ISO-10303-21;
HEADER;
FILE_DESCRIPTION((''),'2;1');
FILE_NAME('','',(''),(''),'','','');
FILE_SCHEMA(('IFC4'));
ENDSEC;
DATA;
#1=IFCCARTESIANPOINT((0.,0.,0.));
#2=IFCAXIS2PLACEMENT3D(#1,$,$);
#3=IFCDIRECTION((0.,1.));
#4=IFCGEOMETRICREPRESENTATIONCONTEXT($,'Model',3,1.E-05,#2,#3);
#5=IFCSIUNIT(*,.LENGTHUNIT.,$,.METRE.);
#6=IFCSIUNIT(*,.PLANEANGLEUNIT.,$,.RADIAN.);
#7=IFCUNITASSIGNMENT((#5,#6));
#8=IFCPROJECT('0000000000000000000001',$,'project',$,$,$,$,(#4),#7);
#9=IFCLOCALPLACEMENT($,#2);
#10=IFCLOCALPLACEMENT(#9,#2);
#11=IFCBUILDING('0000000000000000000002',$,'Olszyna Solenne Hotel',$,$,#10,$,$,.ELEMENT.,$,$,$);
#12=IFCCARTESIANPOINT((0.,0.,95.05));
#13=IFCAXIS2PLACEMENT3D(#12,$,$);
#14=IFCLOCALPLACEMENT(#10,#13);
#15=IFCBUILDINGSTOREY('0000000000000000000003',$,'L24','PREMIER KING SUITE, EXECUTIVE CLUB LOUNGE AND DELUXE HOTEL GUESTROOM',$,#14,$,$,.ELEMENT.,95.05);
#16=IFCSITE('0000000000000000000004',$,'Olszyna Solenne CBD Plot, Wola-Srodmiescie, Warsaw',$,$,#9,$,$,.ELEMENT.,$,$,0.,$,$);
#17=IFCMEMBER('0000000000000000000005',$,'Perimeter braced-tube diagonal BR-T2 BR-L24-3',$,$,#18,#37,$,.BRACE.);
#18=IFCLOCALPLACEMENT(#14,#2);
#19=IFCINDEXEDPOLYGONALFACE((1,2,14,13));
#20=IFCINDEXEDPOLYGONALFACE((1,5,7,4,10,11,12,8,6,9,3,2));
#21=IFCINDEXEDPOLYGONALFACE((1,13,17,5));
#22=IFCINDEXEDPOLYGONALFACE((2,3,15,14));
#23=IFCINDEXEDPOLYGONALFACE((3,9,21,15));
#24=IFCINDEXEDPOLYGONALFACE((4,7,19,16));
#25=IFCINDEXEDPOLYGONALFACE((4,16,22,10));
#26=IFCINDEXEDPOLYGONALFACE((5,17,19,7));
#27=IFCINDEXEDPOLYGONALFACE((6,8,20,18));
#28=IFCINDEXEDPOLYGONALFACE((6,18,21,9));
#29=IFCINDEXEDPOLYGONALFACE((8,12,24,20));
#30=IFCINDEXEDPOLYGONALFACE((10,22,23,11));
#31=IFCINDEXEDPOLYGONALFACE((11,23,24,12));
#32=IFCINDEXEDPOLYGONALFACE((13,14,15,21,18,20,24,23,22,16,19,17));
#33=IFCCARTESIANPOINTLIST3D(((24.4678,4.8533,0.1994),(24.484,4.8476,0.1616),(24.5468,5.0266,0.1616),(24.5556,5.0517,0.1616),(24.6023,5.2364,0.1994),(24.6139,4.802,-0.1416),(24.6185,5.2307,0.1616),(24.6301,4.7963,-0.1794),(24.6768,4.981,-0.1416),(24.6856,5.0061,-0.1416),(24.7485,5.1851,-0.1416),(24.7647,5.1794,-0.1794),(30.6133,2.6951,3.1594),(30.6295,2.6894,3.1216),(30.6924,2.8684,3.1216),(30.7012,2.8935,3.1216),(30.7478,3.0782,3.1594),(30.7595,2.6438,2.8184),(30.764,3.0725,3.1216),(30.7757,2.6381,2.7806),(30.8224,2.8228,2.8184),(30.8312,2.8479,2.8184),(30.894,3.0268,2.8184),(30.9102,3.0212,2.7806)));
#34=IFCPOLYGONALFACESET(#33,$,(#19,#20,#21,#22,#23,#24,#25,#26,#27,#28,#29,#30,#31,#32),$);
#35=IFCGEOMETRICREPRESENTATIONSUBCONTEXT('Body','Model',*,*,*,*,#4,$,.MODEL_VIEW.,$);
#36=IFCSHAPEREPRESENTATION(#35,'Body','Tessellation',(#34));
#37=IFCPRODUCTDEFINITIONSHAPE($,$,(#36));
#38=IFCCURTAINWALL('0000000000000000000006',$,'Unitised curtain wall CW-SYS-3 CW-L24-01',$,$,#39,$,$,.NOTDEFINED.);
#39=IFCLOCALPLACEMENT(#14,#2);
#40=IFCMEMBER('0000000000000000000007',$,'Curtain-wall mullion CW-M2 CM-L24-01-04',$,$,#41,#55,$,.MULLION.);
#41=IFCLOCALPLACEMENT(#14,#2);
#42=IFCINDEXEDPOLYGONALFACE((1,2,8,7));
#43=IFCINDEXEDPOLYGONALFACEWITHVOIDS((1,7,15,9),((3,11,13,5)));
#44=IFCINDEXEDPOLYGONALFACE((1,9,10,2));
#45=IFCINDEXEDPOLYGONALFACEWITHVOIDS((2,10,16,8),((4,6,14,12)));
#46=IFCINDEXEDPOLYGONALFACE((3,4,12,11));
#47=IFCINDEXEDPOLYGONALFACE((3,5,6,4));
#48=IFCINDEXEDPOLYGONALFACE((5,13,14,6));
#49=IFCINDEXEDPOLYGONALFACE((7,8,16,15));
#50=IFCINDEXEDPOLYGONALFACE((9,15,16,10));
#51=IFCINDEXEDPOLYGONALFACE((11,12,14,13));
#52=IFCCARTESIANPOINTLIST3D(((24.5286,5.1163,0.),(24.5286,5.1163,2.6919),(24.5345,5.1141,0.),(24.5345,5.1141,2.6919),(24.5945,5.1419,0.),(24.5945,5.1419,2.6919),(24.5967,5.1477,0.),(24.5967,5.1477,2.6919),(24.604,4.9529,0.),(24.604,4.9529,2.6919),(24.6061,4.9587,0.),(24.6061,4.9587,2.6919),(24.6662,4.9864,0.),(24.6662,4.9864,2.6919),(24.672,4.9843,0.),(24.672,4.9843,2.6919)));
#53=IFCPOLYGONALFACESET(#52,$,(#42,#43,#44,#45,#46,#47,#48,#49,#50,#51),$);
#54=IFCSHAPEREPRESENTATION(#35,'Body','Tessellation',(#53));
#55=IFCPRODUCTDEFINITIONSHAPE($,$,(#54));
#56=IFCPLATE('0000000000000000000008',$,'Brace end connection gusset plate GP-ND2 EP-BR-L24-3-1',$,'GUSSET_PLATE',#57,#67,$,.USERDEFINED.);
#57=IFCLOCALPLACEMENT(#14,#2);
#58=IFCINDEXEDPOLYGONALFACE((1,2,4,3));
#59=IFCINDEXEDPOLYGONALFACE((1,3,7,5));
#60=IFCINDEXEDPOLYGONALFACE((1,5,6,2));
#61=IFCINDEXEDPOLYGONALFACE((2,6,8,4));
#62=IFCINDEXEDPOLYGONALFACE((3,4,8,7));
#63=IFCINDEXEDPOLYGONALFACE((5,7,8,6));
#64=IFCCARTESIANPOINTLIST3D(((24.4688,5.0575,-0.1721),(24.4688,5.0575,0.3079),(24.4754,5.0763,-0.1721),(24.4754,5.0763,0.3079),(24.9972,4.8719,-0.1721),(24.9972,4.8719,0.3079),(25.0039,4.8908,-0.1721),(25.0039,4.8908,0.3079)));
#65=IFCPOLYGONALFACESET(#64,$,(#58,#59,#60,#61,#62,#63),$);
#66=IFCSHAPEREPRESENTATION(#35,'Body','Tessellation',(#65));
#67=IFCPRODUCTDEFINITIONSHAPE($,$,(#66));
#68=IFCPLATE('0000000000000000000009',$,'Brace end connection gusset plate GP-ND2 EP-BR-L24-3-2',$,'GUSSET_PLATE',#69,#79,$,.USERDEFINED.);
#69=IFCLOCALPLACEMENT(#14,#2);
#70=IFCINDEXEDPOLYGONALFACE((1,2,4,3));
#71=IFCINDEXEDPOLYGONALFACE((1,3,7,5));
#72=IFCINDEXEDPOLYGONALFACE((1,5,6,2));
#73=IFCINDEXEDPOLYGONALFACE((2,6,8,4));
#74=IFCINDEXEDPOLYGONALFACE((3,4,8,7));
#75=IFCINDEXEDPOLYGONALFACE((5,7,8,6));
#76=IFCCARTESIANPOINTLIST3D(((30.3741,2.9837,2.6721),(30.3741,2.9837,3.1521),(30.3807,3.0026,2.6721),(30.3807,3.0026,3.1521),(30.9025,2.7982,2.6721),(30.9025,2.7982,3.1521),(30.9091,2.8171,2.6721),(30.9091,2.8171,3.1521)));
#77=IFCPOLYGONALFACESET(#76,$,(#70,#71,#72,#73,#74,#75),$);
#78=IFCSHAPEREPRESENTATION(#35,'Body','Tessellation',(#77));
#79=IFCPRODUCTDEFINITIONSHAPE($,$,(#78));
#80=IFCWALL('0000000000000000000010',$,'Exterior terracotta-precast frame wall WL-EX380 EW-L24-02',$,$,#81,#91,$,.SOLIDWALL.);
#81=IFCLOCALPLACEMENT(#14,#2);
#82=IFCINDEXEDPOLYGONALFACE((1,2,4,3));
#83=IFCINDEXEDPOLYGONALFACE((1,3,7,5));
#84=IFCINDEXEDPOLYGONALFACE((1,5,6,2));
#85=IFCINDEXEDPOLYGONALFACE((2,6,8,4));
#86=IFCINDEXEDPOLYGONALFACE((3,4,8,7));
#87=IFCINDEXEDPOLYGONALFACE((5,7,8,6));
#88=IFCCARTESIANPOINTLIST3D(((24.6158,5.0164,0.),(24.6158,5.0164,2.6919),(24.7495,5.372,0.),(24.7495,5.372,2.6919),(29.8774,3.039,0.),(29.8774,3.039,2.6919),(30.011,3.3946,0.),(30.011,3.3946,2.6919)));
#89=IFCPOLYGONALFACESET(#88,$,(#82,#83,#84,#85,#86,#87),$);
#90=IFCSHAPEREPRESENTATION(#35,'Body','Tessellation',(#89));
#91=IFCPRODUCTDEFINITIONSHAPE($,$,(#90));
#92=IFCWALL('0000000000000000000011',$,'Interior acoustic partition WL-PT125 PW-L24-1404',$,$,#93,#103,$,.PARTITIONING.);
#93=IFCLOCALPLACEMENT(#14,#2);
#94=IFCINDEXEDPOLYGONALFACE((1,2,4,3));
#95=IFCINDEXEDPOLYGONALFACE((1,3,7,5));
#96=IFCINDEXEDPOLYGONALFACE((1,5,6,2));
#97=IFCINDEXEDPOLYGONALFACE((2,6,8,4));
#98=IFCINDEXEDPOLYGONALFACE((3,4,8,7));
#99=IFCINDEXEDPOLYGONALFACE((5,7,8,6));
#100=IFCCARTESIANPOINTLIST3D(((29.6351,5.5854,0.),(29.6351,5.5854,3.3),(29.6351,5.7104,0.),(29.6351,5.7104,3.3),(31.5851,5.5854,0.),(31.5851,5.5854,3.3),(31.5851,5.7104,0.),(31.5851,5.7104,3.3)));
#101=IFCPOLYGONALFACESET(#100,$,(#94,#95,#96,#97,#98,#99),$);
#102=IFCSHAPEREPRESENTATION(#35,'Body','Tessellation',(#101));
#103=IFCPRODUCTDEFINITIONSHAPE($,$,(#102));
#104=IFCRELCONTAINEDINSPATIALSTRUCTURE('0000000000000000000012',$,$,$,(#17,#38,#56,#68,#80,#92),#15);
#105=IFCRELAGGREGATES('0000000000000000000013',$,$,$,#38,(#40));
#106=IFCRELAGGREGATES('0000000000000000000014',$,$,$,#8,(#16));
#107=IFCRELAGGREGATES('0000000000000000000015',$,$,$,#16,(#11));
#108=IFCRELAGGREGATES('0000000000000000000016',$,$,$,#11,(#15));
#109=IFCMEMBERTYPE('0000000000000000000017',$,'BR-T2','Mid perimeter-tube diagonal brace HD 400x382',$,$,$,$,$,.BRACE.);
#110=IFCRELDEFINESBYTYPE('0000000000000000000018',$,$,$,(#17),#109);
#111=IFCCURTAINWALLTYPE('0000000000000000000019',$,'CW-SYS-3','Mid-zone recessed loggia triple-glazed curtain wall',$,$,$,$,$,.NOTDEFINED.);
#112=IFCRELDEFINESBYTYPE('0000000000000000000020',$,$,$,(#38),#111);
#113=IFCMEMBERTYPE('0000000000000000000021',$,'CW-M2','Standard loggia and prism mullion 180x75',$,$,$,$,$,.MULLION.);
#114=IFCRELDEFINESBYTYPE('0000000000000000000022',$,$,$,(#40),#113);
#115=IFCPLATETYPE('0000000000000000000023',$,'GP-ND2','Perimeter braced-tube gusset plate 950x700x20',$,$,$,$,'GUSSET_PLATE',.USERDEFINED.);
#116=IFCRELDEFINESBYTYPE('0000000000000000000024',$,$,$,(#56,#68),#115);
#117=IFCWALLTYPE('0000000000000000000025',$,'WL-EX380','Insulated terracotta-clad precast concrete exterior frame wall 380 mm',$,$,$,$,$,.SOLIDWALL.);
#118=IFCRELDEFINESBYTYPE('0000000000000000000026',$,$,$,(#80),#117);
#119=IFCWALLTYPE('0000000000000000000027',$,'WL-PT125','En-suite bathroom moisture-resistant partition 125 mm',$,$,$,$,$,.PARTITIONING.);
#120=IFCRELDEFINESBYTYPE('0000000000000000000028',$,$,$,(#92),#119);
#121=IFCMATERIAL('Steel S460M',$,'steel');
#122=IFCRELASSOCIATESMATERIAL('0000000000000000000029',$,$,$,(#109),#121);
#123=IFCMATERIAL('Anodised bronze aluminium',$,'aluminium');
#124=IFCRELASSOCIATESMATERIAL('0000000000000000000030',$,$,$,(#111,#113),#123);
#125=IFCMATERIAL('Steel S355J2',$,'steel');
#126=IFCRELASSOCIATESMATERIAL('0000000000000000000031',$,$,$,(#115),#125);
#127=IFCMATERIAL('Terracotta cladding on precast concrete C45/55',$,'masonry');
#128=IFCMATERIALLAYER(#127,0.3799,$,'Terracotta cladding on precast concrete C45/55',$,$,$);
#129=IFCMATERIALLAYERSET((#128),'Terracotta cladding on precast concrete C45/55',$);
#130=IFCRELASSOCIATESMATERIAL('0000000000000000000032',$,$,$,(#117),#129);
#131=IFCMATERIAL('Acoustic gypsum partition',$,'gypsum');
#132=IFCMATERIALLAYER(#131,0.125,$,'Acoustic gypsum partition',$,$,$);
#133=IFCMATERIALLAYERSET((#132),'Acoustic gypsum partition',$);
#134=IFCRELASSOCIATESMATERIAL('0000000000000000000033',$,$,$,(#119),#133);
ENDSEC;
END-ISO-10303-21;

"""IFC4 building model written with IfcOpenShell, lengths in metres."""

from ifc_helpers import new_model, si_unit, direction, frame, frame_2d, origin, origin_2d, place, context, subcontext, project, spatial, rectangle, hollow_rectangle, i_section, extrude, source, transform, mapped, material, layer, layer_set, material_profile, profile_set, type_object, element, aggregate, save


model = new_model("IFC4")

# Units and contexts
model_context = context("Model", 3, precision=1e-05, world=origin(), true_north=direction((0.0, 1.0)))
body_context = subcontext(model_context, "Body", "Model", "MODEL_VIEW")
ifc_project = project(units=[si_unit("LENGTHUNIT", "METRE"), si_unit("PLANEANGLEUNIT", "RADIAN")], contexts=[model_context])

# Site, building, storey
site_placement = place(None, origin())
site = spatial("IfcSite", under=ifc_project, at=site_placement, Name="Olszyna Solenne CBD Plot, Wola-Srodmiescie, Warsaw", CompositionType="ELEMENT", RefElevation=0.0)
building_placement = place(site_placement, origin())
building = spatial("IfcBuilding", under=site, at=building_placement, Name="Olszyna Solenne Hotel", CompositionType="ELEMENT")
storey_placement = place(building_placement, frame((0.0, 0.0, 95.05)))
storey = spatial("IfcBuildingStorey", under=building, at=storey_placement, Name="L24", Description="PREMIER KING SUITE, EXECUTIVE CLUB LOUNGE AND DELUXE HOTEL GUESTROOM", CompositionType="ELEMENT", Elevation=95.05)

# Shared definitions
ifc_material_1 = material(Name="Steel S460M", Category="steel")

# Shared definitions
ifc_material_2 = material(Name="Steel S355J2", Category="steel")

# Member
ifc_material_profile_1 = material_profile(ifc_material_1, i_section(OverallWidth=0.406, OverallDepth=0.416, WebThickness=0.0266, FlangeThickness=0.0415, at=origin_2d()), Name="HD 400x382", Category="load-bearing")
ifc_profile_set_1 = profile_set([ifc_material_profile_1], Name="Steel S460M")
member_type_1 = type_object("IfcMemberType", Name="BR-T2", Description="Mid perimeter-tube diagonal brace HD 400x382", PredefinedType="BRACE", material=ifc_profile_set_1)
shared_shape_1 = source(origin(), body_context, "Body", "SweptSolid", [
    extrude(i_section(OverallWidth=0.406, OverallDepth=0.416, WebThickness=0.0266, FlangeThickness=0.0415, at=origin_2d()), origin(), (0.0, 0.0, 1.0), 7.1545),
])
member_1_placement = place(storey_placement, frame((24.6162, 5.0164, 0.01), z_axis=(0.858974, -0.301658, 0.413722), x_axis=(0.331345, 0.94351, 0.0)))
element("IfcMember", 1, at=member_1_placement, inside=storey, type_object=member_type_1, Name="Perimeter braced-tube diagonal BR-T2 BR-L24-3", PredefinedType="BRACE", context=body_context, shape_type="MappedRepresentation", body=[
    mapped(shared_shape_1, transform((0.0, 0.0, 0.0), x_axis=(1.0, 0.0, 0.0), y_axis=(0.0, 1.0, 0.0), z_axis=(0.0, 0.0, 1.0), scale=1.0)),
])

# Curtain wall, member
ifc_material_3 = material(Name="Anodised bronze aluminium", Category="aluminium")
curtain_wall_type = type_object("IfcCurtainWallType", Name="CW-SYS-3", Description="Mid-zone recessed loggia triple-glazed curtain wall", PredefinedType="NOTDEFINED", material=ifc_material_3)
curtain_wall_placement = place(storey_placement, origin())
curtain_wall = element("IfcCurtainWall", 2, at=curtain_wall_placement, inside=storey, type_object=curtain_wall_type, Name="Unitised curtain wall CW-SYS-3 CW-L24-01", PredefinedType="NOTDEFINED")
ifc_material_profile_2 = material_profile(ifc_material_3, hollow_rectangle(XDim=0.075, YDim=0.1799, WallThickness=0.0044, at=origin_2d()), Name="MULL 180x75x4.5", Category="load-bearing")
ifc_profile_set_2 = profile_set([ifc_material_profile_2], Name="Anodised bronze aluminium")
member_type_2 = type_object("IfcMemberType", Name="CW-M2", Description="Standard loggia and prism mullion 180x75", PredefinedType="MULLION", material=ifc_profile_set_2)
shared_shape_2 = source(origin(), body_context, "Body", "SweptSolid", [
    extrude(hollow_rectangle(XDim=0.075, YDim=0.1799, WallThickness=0.0044, at=origin_2d()), origin(), (0.0, 0.0, 1.0), 2.6919),
])
member_2_placement = place(storey_placement, frame((24.6003, 5.0503, 0.0), z_axis=(0.0, 0.0, 1.0), x_axis=(0.908085, 0.418785, 0.0)))
member_2 = element("IfcMember", 3, at=member_2_placement, type_object=member_type_2, Name="Curtain-wall mullion CW-M2 CM-L24-01-04", PredefinedType="MULLION", context=body_context, shape_type="MappedRepresentation", body=[
    mapped(shared_shape_2, transform((0.0, 0.0, 0.0), x_axis=(1.0, 0.0, 0.0), y_axis=(0.0, 1.0, 0.0), z_axis=(0.0, 0.0, 1.0), scale=1.0)),
])
aggregate(curtain_wall, [member_2])

# Plates
plate_type = type_object("IfcPlateType", Name="GP-ND2", Description="Perimeter braced-tube gusset plate 950x700x20", ElementType="GUSSET_PLATE", PredefinedType="USERDEFINED", material=ifc_material_2)
shared_shape_3 = source(origin(), body_context, "Body", "SweptSolid", [
    extrude(rectangle(XDim=0.5601, YDim=0.02, at=origin_2d()), origin(), (0.0, 0.0, 1.0), 0.48),
])
for number, where, z_axis, x_axis, name in (
    (4, (24.7363, 4.9741, -0.1721), (0.0, 0.0, 1.0), (0.943512, -0.331338, 0.0), "Brace end connection gusset plate GP-ND2 EP-BR-L24-3-1"),
    (5, (30.6416, 2.9004, 2.6721), (0.0, 0.0, 1.0), (0.943512, -0.331338, 0.0), "Brace end connection gusset plate GP-ND2 EP-BR-L24-3-2"),
):
    element("IfcPlate", number, at=place(storey_placement, frame(where, z_axis=z_axis, x_axis=x_axis)), inside=storey, type_object=plate_type, Name=name, ObjectType="GUSSET_PLATE", PredefinedType="USERDEFINED", context=body_context, shape_type="MappedRepresentation", body=[
        mapped(shared_shape_3, transform((0.0, 0.0, 0.0), x_axis=(1.0, 0.0, 0.0), y_axis=(0.0, 1.0, 0.0), z_axis=(0.0, 0.0, 1.0), scale=1.0)),
    ])

# Walls
ifc_material_4 = material(Name="Terracotta cladding on precast concrete C45/55", Category="masonry")
ifc_layer_1 = layer(ifc_material_4, 0.3799, Name="Terracotta cladding on precast concrete C45/55")
ifc_layer_set_1 = layer_set([ifc_layer_1], Name="Terracotta cladding on precast concrete C45/55")
wall_type_1 = type_object("IfcWallType", Name="WL-EX380", Description="Insulated terracotta-clad precast concrete exterior frame wall 380 mm", PredefinedType="SOLIDWALL", material=ifc_layer_set_1)
wall_1_placement = place(storey_placement, frame((29.9443, 3.2168, 0.0), z_axis=(0.0, 0.0, 1.0), x_axis=(-0.936081, 0.351785, 0.0)))
element("IfcWall", 6, at=wall_1_placement, inside=storey, type_object=wall_type_1, Name="Exterior terracotta-precast frame wall WL-EX380 EW-L24-02", PredefinedType="SOLIDWALL", context=body_context, shape_type="SweptSolid", body=[
    extrude(rectangle(XDim=5.6208, YDim=0.3799, at=frame_2d((2.8105, 0.0))), origin(), (0.0, 0.0, 1.0), 2.6919),
])
ifc_material_5 = material(Name="Acoustic gypsum partition", Category="gypsum")
ifc_layer_2 = layer(ifc_material_5, 0.125, Name="Acoustic gypsum partition")
ifc_layer_set_2 = layer_set([ifc_layer_2], Name="Acoustic gypsum partition")
wall_type_2 = type_object("IfcWallType", Name="WL-PT125", Description="En-suite bathroom moisture-resistant partition 125 mm", PredefinedType="PARTITIONING", material=ifc_layer_set_2)
wall_2_placement = place(storey_placement, frame((29.635, 5.6479, 0.0), z_axis=(0.0, 0.0, 1.0), x_axis=(1.0, 0.0, 0.0)))
element("IfcWall", 7, at=wall_2_placement, inside=storey, type_object=wall_type_2, Name="Interior acoustic partition WL-PT125 PW-L24-1404", PredefinedType="PARTITIONING", context=body_context, shape_type="SweptSolid", body=[
    extrude(rectangle(XDim=1.95, YDim=0.125, at=frame_2d((0.9751, 0.0))), origin(), (0.0, 0.0, 1.0), 3.3),
])

save(model, "model.ifc")
